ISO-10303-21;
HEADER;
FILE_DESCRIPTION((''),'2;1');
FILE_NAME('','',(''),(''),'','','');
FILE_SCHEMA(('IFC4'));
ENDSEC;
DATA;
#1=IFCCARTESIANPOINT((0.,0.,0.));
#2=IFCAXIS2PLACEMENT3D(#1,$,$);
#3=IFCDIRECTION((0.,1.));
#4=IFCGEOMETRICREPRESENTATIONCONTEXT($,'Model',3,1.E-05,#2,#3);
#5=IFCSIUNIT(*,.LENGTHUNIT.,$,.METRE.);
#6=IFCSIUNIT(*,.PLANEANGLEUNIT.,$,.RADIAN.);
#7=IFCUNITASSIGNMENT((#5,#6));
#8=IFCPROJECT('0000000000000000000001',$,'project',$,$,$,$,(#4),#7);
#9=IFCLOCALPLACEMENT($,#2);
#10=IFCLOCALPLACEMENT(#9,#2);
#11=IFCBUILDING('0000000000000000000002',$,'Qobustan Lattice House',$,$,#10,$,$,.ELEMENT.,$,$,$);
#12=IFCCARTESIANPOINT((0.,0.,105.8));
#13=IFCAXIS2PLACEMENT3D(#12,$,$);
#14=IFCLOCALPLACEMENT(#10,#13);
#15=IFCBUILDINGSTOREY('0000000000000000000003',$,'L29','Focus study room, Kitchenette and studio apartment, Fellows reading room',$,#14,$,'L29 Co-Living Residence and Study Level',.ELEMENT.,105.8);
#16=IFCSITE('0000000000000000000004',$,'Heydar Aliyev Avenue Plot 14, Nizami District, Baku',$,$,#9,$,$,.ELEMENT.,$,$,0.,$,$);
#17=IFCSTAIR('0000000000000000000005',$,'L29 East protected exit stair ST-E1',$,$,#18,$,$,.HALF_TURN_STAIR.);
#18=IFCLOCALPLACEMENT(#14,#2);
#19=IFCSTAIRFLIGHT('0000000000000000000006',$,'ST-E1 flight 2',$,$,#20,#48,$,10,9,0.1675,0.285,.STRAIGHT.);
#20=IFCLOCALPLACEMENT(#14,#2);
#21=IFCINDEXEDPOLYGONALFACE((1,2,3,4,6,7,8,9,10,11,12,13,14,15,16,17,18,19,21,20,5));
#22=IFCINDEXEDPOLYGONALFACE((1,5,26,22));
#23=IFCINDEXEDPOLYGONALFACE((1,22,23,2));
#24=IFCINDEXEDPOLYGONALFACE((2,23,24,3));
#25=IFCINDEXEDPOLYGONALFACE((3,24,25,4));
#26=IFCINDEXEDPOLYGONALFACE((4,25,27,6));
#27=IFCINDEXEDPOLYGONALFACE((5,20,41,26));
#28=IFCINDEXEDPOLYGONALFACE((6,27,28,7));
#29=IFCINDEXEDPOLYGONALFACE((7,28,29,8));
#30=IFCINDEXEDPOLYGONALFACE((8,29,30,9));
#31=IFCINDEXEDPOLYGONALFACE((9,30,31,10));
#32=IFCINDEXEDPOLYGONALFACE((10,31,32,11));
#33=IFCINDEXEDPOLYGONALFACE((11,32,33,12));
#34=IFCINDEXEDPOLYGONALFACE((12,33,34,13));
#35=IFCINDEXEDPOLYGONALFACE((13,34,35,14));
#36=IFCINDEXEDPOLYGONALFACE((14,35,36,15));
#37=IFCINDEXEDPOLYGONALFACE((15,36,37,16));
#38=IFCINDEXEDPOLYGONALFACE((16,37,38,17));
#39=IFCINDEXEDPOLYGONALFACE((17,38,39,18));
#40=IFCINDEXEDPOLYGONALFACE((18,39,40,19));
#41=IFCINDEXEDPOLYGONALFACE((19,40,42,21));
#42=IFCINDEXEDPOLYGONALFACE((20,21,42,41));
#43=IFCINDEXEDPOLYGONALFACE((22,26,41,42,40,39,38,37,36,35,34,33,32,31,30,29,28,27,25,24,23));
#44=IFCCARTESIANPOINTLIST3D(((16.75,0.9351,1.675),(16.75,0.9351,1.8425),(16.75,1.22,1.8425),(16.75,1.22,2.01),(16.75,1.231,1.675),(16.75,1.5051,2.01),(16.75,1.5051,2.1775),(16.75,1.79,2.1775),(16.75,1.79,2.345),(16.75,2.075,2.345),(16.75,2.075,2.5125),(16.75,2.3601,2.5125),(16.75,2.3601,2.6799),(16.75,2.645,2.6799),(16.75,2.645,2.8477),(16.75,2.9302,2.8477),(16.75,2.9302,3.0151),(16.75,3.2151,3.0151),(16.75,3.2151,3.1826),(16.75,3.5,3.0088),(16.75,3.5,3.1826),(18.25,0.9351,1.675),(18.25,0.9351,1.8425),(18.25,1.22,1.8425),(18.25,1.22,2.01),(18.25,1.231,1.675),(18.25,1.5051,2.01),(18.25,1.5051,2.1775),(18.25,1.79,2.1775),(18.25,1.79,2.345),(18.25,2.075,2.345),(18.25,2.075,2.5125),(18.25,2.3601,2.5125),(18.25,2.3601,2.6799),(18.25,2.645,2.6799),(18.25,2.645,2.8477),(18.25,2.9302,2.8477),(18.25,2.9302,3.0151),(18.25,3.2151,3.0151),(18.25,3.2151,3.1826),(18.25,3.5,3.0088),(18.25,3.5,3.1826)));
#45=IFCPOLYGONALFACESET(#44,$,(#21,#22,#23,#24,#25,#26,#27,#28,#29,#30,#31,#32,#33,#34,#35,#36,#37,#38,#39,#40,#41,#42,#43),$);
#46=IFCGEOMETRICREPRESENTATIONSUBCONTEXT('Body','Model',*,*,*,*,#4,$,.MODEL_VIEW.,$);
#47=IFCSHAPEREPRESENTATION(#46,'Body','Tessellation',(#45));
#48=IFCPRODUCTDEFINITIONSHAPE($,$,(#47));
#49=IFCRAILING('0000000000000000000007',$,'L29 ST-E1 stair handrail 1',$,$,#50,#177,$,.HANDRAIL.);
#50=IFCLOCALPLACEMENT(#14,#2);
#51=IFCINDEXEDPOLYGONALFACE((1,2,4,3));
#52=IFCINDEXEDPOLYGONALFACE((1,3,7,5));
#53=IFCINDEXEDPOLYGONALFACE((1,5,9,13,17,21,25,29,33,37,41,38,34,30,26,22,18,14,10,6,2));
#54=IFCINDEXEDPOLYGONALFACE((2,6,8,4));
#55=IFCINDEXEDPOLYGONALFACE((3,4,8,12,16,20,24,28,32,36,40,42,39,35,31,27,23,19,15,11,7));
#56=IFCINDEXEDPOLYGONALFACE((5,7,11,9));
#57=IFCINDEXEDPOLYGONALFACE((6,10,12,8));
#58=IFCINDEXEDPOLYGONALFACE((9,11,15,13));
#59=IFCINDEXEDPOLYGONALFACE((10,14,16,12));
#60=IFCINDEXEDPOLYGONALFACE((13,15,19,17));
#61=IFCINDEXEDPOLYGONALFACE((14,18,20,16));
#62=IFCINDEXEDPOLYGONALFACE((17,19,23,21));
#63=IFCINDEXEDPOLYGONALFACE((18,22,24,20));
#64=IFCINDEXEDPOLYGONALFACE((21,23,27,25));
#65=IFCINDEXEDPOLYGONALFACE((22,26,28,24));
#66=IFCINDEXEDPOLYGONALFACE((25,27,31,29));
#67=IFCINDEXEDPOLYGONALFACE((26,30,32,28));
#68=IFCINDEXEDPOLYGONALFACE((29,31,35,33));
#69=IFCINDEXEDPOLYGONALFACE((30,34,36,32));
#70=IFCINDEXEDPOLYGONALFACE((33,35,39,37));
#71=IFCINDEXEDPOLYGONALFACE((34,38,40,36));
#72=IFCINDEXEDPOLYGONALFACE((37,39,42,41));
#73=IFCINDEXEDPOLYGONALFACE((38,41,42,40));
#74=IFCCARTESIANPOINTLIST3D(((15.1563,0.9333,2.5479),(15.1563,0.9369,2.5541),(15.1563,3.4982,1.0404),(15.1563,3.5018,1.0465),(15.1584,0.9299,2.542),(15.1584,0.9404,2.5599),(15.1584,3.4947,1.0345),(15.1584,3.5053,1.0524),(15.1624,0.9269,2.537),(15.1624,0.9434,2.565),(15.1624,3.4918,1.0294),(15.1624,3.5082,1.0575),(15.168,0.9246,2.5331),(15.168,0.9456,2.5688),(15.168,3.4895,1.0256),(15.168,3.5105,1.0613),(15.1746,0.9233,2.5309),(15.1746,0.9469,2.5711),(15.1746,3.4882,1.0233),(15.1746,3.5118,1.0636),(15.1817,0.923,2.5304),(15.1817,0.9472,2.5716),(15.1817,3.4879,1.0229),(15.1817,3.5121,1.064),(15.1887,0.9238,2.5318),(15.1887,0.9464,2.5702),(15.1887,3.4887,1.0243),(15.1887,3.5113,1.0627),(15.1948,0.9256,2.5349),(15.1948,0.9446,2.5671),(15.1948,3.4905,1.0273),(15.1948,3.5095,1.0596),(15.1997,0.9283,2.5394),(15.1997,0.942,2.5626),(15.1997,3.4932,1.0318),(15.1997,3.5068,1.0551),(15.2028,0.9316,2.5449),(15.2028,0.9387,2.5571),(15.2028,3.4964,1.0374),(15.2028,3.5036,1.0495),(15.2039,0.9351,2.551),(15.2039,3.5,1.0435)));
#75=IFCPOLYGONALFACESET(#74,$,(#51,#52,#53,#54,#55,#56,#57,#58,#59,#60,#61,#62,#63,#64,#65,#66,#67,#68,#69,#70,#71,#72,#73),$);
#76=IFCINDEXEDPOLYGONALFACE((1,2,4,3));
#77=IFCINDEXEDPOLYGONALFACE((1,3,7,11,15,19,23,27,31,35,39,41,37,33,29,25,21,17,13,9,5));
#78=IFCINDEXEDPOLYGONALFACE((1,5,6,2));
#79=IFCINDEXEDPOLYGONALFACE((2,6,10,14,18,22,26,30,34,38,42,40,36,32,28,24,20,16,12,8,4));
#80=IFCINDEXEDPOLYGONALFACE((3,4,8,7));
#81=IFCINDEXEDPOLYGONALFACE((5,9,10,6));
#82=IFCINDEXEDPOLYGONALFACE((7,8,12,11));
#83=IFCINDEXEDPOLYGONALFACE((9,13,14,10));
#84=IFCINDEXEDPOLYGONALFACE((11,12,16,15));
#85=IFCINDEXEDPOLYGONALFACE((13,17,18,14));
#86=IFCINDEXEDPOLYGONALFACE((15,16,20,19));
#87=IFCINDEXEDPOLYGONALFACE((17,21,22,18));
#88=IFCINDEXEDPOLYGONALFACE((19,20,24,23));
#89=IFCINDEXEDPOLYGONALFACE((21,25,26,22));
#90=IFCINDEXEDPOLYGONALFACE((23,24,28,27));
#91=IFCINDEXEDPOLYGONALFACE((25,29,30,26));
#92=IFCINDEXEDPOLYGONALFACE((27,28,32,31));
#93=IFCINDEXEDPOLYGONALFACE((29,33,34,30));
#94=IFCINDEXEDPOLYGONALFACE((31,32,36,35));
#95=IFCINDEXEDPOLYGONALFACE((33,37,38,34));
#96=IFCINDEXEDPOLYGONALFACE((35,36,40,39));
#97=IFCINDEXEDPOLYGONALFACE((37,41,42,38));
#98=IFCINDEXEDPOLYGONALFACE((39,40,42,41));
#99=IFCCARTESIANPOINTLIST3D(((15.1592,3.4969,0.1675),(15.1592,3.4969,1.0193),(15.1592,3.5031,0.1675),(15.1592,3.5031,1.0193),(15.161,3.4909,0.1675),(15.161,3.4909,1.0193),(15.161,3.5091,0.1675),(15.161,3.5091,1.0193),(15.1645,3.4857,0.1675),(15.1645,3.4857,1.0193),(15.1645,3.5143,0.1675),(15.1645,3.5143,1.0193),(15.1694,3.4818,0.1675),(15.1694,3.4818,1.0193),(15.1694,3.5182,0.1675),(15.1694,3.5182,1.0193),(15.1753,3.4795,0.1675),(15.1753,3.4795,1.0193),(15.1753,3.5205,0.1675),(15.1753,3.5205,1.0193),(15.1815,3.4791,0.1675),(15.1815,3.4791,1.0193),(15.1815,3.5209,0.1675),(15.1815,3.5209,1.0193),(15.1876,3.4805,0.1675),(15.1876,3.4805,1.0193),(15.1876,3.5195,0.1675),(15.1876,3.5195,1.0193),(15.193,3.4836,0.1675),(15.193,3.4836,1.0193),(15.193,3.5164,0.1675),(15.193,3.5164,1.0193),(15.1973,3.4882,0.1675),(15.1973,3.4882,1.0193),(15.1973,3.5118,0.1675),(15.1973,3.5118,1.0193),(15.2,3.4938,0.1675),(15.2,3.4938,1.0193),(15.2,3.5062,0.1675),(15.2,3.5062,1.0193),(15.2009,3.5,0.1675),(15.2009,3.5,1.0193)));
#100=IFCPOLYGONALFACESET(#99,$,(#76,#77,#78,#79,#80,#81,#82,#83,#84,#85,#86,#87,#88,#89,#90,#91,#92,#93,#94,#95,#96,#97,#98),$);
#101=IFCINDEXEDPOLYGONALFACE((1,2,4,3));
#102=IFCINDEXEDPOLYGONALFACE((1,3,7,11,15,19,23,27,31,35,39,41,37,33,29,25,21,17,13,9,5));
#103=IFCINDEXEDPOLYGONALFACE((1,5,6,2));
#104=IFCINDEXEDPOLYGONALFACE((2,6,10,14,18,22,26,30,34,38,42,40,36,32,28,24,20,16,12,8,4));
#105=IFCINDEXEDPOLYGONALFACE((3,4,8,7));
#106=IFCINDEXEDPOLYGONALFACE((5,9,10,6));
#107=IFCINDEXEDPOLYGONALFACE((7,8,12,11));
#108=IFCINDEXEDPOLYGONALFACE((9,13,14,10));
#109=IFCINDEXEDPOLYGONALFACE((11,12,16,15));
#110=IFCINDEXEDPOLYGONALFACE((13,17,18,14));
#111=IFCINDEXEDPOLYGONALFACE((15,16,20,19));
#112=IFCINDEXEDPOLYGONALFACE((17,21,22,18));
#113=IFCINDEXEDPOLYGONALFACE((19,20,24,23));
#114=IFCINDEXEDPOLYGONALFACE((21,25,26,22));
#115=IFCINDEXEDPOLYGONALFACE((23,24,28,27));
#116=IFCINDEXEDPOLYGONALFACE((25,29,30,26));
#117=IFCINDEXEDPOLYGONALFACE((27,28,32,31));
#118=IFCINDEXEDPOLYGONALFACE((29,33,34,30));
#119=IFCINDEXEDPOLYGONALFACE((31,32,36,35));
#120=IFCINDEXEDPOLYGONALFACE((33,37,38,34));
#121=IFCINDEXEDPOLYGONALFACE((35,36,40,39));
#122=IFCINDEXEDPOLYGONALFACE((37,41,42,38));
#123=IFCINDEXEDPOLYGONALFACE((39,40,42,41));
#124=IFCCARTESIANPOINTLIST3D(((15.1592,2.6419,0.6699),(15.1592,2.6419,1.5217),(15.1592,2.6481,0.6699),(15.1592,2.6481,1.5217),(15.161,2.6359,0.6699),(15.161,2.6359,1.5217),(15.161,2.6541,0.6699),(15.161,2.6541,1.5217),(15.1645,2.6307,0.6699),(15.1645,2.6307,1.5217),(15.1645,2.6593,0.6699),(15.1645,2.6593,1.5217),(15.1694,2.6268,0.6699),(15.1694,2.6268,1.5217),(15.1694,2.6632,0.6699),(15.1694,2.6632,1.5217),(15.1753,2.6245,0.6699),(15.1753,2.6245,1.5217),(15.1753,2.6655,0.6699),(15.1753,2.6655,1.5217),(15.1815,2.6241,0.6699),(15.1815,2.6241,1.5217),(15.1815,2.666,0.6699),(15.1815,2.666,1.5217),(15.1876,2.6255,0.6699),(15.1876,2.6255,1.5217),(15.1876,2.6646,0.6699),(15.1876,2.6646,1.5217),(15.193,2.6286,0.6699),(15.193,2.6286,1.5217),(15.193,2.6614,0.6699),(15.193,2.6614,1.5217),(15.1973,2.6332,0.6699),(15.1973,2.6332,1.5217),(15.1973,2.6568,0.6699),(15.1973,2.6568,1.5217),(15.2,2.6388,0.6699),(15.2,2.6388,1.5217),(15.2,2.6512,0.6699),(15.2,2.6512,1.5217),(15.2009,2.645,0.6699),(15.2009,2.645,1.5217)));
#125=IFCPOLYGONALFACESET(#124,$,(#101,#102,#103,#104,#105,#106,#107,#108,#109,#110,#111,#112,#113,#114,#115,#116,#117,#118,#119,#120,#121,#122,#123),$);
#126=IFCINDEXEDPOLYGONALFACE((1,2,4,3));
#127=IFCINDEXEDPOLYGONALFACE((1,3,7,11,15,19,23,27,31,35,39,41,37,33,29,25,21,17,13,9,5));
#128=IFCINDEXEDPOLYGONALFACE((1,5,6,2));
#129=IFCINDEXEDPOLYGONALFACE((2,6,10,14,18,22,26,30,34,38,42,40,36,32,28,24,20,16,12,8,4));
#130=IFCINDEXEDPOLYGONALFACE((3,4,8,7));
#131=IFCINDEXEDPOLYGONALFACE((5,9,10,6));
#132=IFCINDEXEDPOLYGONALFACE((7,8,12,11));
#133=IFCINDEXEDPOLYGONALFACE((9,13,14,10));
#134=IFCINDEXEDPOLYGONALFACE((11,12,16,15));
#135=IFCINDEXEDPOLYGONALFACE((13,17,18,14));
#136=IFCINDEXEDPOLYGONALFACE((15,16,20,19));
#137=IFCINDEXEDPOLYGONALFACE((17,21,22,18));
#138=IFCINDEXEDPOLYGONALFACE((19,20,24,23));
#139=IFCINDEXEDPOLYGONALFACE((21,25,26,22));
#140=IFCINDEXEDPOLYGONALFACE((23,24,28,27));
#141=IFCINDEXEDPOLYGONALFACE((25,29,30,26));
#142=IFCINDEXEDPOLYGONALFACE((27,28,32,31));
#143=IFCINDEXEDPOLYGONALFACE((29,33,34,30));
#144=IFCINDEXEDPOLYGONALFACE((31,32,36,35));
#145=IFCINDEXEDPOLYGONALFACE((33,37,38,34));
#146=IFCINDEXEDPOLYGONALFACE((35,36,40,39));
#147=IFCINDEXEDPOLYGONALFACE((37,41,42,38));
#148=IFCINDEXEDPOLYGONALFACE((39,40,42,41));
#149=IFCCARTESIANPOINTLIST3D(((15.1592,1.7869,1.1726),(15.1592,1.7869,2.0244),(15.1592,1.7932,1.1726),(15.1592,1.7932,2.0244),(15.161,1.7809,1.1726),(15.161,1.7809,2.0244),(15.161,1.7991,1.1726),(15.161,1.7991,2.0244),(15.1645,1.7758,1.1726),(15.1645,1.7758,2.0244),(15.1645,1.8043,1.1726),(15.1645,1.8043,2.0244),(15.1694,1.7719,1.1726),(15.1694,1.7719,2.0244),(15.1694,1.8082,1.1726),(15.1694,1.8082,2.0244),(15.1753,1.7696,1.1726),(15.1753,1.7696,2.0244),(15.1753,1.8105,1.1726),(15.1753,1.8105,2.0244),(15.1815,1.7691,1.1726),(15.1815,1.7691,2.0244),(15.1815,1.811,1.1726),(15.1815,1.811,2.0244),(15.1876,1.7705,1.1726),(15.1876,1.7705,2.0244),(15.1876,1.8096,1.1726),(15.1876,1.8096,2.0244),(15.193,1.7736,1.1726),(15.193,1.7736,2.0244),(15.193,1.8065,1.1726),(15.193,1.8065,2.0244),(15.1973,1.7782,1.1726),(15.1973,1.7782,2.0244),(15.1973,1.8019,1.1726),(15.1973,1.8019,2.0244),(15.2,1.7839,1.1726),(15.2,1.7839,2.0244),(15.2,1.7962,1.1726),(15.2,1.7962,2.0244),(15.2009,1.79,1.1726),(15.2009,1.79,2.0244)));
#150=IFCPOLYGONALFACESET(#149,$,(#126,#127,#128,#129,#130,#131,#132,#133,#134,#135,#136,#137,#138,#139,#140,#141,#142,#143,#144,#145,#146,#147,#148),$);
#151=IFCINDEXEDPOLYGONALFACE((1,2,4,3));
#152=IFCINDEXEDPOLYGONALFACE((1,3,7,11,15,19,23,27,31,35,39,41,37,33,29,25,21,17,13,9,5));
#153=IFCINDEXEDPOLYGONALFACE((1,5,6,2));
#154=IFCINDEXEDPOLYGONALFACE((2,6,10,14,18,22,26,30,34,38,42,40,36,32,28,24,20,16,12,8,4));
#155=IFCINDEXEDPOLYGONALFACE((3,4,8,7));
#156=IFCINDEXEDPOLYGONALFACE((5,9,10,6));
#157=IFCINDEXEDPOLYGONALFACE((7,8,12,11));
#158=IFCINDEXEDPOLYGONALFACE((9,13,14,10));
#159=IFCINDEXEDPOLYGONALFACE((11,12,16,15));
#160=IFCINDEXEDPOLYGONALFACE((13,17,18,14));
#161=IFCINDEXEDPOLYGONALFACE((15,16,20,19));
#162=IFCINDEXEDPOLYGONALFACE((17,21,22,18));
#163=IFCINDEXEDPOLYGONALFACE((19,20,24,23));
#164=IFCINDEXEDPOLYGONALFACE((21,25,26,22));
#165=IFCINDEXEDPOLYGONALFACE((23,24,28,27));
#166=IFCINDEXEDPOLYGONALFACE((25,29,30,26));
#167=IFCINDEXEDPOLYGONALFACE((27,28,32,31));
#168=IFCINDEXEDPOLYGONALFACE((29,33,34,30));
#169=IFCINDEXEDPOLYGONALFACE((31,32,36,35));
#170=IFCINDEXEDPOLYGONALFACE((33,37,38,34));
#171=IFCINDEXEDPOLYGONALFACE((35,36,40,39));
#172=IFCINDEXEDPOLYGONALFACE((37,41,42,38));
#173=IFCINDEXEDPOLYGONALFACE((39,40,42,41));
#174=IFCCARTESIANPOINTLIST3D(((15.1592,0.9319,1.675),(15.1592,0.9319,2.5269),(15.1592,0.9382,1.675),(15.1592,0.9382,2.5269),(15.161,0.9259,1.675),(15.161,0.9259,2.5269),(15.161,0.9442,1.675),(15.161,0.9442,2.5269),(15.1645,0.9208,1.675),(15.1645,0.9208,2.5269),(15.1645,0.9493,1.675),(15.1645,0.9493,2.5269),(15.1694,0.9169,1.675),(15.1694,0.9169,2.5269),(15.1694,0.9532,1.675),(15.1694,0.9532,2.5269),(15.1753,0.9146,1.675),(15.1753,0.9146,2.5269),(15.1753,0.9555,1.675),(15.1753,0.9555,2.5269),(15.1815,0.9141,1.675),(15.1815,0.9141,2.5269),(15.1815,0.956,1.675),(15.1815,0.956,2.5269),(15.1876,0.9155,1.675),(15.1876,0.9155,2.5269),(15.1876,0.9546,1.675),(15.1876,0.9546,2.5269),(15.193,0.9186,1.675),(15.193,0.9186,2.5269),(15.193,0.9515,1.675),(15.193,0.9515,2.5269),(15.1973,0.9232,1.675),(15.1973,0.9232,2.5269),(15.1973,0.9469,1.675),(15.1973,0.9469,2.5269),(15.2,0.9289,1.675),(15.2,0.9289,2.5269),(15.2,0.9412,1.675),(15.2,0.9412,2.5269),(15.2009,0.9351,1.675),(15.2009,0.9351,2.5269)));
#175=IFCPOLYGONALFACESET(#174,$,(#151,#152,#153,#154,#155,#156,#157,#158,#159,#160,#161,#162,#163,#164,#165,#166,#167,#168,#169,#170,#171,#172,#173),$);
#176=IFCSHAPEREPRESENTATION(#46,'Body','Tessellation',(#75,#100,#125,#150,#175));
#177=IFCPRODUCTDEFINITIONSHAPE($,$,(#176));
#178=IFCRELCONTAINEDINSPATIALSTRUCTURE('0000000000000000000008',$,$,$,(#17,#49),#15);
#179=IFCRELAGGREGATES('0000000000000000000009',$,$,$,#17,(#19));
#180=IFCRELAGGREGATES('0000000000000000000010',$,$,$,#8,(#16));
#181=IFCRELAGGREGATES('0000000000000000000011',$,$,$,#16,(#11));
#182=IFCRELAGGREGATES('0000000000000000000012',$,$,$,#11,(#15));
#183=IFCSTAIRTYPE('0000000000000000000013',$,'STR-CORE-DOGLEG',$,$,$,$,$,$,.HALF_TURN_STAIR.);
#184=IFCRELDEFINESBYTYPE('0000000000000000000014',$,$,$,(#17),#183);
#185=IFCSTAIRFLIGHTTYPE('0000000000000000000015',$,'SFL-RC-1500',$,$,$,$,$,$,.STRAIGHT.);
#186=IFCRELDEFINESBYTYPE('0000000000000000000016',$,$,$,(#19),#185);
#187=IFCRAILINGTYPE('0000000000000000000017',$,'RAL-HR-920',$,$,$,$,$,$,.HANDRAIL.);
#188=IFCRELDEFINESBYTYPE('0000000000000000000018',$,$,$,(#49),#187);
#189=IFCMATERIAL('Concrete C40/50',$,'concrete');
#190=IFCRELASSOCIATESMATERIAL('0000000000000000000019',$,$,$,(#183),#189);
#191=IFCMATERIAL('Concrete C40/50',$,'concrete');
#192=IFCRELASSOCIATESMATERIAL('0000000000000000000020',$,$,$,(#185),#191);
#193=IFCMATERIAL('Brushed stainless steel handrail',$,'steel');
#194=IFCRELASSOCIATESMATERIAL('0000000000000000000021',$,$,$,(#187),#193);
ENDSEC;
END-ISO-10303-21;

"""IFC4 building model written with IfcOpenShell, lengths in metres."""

from ifc_helpers import new_model, si_unit, direction, frame, origin, origin_2d, place, context, subcontext, project, spatial, polyline, circle, outline, extrude, material, type_object, element, aggregate, save


model = new_model("IFC4")

# Units and contexts
model_context = context("Model", 3, precision=1e-05, world=origin(), true_north=direction((0.0, 1.0)))
body_context = subcontext(model_context, "Body", "Model", "MODEL_VIEW")
ifc_project = project(units=[si_unit("LENGTHUNIT", "METRE"), si_unit("PLANEANGLEUNIT", "RADIAN")], contexts=[model_context])

# Site, building, storey
site_placement = place(None, origin())
site = spatial("IfcSite", under=ifc_project, at=site_placement, Name="Heydar Aliyev Avenue Plot 14, Nizami District, Baku", CompositionType="ELEMENT", RefElevation=0.0)
building_placement = place(site_placement, origin())
building = spatial("IfcBuilding", under=site, at=building_placement, Name="Qobustan Lattice House", CompositionType="ELEMENT")
storey_placement = place(building_placement, frame((0.0, 0.0, 105.8)))
storey = spatial("IfcBuildingStorey", under=building, at=storey_placement, Name="L29", Description="Focus study room, Kitchenette and studio apartment, Fellows reading room", LongName="L29 Co-Living Residence and Study Level", CompositionType="ELEMENT", Elevation=105.8)

# Stair
ifc_material_1 = material(Name="Concrete C40/50", Category="concrete")
stair_type = type_object("IfcStairType", Name="STR-CORE-DOGLEG", PredefinedType="HALF_TURN_STAIR", material=ifc_material_1)
stair_placement = place(storey_placement, origin())
stair = element("IfcStair", 1, at=stair_placement, inside=storey, type_object=stair_type, Name="L29 East protected exit stair ST-E1", PredefinedType="HALF_TURN_STAIR")

# Stair flight
ifc_material_2 = material(Name="Concrete C40/50", Category="concrete")
stair_flight_type = type_object("IfcStairFlightType", Name="SFL-RC-1500", PredefinedType="STRAIGHT", material=ifc_material_2)
stair_flight_1_placement = place(storey_placement, frame((17.5, 0.9351, 1.675), z_axis=(0.0, 0.0, 1.0), x_axis=(0.0, 1.0, 0.0)))
stair_flight_1 = element("IfcStairFlight", 2, at=stair_flight_1_placement, type_object=stair_flight_type, Name="ST-E1 flight 2", NumberOfRisers=10, NumberOfTreads=9, PredefinedType="STRAIGHT", RiserHeight=0.1675, TreadLength=0.285, context=body_context, shape_type="SweptSolid", body=[
    extrude(outline(polyline([(0.0, 0.0), (0.0, 0.1675), (0.2849, 0.1675), (0.2849, 0.335), (0.5701, 0.335), (0.5701, 0.5024), (0.855, 0.5024), (0.855, 0.6699), (1.1399, 0.6699), (1.1399, 0.8374), (1.425, 0.8374), (1.425, 1.0049), (1.71, 1.0049), (1.71, 1.1726), (1.9951, 1.1726), (1.9951, 1.3401), (2.28, 1.3401), (2.28, 1.5076), (2.5649, 1.5076), (2.5649, 1.675), (2.5649, 1.3337), (0.2959, 0.0), (0.0, 0.0)])), frame((0.0, 0.75, 0.0), z_axis=(0.0, -1.0, 0.0), x_axis=(1.0, 0.0, 0.0)), (0.0, 0.0, 1.0), 1.5),
])
aggregate(stair, [stair_flight_1])

# Railing
ifc_material_3 = material(Name="Brushed stainless steel handrail", Category="steel")
railing_type_1 = type_object("IfcRailingType", Name="RAL-HR-920", PredefinedType="HANDRAIL", material=ifc_material_3)
railing_1_placement = place(storey_placement, frame((15.1799, 3.5, 0.1675)))
element("IfcRailing", 3, at=railing_1_placement, inside=storey, type_object=railing_type_1, Name="L29 ST-E1 stair handrail 1", PredefinedType="HANDRAIL", context=body_context, shape_type="SweptSolid", body=[
    extrude(circle(Radius=0.0239, at=origin_2d()), frame((0.0, 0.0, 0.876), z_axis=(0.0, -0.862113, 0.506715), x_axis=(1.0, 0.0, 0.0)), (0.0, 0.0, 1.0), 2.9751),
    extrude(circle(Radius=0.021, at=origin_2d()), origin(), (0.0, 0.0, 1.0), 0.8518),
    extrude(circle(Radius=0.021, at=origin_2d()), frame((0.0, -0.855, 0.5024)), (0.0, 0.0, 1.0), 0.8518),
    extrude(circle(Radius=0.021, at=origin_2d()), frame((0.0, -1.71, 1.0051)), (0.0, 0.0, 1.0), 0.8518),
    extrude(circle(Radius=0.021, at=origin_2d()), frame((0.0, -2.5649, 1.5076)), (0.0, 0.0, 1.0), 0.8518),
])

save(model, "model.ifc")
